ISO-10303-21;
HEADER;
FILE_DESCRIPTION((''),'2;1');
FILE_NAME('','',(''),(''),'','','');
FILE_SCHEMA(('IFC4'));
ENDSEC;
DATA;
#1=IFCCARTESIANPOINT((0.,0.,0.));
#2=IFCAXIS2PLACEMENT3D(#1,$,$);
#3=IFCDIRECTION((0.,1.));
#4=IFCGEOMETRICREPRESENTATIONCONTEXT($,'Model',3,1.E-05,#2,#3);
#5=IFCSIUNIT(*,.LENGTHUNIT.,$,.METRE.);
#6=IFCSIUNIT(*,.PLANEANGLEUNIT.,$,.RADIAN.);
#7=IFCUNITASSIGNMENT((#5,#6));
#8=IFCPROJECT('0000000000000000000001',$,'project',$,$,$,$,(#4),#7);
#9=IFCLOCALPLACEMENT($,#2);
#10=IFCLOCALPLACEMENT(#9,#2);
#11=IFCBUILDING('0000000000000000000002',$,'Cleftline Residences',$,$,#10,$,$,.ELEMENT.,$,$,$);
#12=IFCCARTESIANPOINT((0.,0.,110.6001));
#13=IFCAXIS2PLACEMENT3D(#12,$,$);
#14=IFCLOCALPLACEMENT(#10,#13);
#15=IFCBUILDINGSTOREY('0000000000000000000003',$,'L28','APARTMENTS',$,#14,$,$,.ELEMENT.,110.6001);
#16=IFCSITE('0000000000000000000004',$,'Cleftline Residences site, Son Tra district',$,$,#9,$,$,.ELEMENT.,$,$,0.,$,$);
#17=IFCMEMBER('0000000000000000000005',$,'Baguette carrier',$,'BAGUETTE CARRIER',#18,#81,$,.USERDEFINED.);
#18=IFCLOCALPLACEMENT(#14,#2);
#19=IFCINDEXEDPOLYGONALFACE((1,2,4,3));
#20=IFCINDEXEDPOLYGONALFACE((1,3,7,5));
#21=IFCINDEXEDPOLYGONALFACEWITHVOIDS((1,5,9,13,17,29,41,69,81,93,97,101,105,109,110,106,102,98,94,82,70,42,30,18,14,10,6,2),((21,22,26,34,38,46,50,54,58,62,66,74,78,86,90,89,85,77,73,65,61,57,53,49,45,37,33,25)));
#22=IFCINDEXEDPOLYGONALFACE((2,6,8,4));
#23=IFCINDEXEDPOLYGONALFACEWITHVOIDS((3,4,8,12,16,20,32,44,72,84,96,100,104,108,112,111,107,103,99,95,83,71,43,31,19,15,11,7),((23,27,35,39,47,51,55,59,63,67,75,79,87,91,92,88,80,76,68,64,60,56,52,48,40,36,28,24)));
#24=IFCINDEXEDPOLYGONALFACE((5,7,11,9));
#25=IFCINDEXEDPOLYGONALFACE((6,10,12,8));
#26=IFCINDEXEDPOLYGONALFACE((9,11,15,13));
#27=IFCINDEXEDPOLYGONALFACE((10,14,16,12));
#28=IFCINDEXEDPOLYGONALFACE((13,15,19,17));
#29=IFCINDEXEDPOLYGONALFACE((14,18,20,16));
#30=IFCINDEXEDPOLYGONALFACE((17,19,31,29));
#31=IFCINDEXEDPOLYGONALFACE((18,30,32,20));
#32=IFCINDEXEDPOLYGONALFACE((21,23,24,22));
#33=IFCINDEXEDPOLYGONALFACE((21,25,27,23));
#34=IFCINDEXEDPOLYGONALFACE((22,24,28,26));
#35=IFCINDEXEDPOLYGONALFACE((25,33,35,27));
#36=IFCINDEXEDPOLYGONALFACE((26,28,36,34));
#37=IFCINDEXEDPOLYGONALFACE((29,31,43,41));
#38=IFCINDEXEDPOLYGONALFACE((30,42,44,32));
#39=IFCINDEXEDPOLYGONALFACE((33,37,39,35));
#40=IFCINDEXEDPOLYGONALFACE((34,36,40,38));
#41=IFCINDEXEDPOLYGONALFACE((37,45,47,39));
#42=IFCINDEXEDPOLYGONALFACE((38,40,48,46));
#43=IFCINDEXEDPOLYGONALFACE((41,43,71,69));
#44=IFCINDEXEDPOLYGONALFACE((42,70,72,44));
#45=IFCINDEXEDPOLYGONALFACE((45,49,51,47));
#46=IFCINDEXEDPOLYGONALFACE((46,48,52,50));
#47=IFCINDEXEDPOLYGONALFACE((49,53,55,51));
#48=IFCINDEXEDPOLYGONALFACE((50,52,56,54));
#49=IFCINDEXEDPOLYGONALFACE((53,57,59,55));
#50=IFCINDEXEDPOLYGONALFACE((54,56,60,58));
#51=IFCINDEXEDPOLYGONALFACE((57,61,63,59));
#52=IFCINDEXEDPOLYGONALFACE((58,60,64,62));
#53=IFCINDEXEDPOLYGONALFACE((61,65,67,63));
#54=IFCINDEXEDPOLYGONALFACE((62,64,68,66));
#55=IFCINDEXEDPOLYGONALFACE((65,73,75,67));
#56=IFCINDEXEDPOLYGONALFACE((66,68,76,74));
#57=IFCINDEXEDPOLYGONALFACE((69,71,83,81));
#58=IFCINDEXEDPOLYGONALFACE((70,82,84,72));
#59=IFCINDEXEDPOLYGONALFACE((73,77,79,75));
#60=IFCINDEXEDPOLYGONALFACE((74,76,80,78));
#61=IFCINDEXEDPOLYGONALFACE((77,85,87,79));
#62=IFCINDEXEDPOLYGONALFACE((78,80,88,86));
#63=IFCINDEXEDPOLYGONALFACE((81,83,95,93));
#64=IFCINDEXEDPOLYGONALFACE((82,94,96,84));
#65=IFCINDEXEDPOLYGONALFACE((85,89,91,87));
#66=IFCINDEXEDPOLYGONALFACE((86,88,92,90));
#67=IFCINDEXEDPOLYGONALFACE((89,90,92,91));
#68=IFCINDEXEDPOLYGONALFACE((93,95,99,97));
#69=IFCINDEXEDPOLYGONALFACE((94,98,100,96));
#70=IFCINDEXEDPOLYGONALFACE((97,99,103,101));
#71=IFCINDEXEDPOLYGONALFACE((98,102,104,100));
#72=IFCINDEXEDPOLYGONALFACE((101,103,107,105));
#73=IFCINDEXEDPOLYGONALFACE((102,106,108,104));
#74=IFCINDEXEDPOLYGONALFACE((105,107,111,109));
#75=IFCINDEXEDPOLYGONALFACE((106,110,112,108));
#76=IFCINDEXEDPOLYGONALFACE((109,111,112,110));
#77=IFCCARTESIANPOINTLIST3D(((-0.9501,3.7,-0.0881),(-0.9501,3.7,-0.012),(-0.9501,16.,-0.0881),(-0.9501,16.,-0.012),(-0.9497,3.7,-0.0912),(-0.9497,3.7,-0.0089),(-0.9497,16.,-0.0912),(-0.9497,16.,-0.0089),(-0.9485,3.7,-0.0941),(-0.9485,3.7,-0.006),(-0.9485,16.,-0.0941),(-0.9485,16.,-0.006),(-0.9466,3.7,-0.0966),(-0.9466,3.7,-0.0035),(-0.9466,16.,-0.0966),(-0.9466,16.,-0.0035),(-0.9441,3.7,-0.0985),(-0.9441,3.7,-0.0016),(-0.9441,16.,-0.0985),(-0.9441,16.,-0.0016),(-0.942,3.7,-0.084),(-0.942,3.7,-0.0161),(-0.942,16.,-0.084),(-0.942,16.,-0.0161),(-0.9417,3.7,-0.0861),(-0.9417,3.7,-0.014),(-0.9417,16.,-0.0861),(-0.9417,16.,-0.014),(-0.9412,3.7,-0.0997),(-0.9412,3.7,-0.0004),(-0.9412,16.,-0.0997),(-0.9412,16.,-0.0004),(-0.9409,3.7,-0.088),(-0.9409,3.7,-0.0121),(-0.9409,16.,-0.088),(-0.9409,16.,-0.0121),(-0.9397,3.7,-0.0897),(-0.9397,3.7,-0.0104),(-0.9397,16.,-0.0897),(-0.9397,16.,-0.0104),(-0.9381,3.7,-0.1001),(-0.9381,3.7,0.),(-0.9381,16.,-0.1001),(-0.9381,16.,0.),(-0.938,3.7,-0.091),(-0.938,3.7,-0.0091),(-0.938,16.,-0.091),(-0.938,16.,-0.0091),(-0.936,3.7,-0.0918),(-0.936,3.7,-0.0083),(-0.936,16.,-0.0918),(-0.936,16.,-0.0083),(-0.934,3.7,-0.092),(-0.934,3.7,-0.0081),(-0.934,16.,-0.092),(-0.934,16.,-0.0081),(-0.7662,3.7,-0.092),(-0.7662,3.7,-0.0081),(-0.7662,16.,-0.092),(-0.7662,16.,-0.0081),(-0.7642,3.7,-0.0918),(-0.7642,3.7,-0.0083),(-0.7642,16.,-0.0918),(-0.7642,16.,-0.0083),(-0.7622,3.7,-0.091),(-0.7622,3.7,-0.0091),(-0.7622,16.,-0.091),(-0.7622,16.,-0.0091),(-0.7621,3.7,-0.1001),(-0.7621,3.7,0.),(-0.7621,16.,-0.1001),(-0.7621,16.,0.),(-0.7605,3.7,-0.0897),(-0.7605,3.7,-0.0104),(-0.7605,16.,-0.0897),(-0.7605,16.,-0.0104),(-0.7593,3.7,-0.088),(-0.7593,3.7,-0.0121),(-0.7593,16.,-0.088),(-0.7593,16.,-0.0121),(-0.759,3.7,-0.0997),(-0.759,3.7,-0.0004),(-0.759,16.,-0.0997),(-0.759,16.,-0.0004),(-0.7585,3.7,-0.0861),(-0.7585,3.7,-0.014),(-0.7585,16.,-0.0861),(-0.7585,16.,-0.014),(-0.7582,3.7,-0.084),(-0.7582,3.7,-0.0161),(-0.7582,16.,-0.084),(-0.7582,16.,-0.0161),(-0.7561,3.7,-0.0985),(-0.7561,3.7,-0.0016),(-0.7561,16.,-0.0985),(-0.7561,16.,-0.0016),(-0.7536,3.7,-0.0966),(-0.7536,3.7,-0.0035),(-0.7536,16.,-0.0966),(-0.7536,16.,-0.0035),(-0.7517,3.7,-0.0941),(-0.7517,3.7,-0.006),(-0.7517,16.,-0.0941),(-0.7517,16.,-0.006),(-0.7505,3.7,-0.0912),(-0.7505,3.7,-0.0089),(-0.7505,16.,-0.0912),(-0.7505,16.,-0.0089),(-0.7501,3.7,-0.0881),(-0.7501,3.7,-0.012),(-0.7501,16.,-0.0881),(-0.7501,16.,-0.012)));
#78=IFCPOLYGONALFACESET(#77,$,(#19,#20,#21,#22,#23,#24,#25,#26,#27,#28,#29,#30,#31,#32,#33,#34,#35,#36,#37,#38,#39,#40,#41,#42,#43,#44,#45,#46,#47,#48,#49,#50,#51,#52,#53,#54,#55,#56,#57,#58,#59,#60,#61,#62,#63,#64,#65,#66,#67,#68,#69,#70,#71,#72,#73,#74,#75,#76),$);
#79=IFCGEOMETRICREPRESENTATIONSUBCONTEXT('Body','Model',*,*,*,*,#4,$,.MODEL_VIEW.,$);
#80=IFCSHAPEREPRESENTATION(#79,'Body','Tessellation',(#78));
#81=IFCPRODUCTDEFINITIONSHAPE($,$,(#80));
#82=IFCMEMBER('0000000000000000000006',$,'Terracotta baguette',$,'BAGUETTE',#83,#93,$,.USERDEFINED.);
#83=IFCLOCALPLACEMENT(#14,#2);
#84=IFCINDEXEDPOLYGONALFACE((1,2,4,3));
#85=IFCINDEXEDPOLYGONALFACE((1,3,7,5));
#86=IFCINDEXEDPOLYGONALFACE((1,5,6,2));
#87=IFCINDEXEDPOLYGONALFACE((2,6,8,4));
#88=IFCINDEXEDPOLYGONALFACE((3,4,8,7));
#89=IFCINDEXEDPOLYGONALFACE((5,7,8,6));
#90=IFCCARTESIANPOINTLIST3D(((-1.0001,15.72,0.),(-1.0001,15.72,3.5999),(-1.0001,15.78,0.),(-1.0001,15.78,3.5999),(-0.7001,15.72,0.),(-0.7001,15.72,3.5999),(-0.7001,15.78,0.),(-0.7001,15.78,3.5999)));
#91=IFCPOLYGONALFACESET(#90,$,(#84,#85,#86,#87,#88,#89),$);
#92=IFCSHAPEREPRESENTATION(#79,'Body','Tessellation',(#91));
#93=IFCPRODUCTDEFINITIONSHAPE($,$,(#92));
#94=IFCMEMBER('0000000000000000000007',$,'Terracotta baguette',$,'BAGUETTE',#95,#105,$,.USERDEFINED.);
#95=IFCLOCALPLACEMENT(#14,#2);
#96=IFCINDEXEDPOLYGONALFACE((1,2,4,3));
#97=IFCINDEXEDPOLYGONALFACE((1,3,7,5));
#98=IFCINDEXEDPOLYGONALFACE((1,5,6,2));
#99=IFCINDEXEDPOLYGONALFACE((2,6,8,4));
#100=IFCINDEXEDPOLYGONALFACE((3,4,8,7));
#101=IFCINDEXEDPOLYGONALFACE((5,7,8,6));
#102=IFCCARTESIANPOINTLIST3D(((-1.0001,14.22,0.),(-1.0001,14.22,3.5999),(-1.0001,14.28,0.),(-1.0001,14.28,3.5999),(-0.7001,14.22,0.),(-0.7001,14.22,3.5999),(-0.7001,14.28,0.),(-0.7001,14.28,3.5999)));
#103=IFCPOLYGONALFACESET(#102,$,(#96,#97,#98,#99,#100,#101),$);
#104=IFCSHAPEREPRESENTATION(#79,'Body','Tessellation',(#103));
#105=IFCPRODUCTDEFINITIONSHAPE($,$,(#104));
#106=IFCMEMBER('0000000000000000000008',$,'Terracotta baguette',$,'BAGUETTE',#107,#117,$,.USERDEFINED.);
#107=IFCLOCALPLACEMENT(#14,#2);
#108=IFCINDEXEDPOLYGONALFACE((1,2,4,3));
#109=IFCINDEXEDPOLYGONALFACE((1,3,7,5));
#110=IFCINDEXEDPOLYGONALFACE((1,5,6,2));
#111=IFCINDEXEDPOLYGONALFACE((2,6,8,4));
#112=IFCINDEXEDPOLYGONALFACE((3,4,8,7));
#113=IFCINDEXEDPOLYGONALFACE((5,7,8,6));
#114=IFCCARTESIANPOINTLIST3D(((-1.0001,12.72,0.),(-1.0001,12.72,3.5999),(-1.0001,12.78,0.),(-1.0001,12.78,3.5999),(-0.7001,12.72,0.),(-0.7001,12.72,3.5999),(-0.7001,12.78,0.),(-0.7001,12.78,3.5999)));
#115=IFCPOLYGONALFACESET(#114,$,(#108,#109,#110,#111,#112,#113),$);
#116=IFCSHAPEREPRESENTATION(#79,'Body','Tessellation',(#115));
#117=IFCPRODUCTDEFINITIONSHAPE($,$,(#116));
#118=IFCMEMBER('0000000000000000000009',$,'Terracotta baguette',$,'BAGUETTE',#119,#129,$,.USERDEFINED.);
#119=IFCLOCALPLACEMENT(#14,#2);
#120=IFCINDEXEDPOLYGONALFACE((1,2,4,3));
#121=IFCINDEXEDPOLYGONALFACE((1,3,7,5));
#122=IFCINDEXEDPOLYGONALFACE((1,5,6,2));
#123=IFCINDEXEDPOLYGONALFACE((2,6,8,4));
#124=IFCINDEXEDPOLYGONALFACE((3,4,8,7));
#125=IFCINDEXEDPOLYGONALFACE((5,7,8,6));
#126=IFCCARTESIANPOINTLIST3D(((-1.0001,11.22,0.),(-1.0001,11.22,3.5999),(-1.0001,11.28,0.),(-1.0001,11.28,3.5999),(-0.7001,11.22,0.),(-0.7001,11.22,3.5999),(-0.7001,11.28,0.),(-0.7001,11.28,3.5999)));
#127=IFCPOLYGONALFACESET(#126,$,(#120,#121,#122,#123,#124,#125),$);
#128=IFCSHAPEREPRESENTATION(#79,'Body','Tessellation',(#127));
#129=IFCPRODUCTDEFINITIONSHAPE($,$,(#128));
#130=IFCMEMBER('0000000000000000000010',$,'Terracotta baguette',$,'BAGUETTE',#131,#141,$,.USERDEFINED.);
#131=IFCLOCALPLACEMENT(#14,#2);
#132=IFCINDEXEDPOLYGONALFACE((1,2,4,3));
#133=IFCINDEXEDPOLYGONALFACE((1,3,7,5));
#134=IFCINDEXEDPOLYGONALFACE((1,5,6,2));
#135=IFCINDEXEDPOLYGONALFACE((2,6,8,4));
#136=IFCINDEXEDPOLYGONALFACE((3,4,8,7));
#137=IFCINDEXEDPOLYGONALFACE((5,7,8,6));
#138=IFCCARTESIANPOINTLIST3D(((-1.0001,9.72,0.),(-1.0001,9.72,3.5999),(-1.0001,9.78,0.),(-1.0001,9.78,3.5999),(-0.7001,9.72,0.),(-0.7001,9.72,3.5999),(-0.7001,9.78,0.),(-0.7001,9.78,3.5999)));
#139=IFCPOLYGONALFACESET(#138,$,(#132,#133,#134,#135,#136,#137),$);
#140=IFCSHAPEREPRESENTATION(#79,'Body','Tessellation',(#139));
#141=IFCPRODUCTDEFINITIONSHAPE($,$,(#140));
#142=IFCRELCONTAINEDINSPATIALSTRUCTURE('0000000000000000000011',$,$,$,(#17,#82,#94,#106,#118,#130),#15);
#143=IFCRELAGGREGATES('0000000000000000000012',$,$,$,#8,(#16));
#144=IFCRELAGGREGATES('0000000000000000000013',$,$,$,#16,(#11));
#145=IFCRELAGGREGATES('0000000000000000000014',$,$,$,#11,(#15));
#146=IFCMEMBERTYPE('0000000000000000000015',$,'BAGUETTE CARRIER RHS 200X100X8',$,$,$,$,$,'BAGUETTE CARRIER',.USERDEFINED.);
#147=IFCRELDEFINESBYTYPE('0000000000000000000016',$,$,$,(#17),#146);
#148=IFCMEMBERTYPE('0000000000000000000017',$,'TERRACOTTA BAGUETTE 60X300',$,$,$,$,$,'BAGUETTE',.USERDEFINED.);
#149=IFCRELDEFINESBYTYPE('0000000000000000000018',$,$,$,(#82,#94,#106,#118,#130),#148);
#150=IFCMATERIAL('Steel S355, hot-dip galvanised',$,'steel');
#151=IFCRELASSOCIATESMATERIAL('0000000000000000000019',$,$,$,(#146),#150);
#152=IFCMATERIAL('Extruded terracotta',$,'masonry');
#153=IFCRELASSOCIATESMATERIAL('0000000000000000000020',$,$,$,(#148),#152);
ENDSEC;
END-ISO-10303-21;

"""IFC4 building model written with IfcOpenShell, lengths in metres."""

from ifc_helpers import new_model, si_unit, direction, frame, origin, origin_2d, place, context, subcontext, project, spatial, rectangle, hollow_rectangle, extrude, material, material_profile, profile_set, type_object, element, save


model = new_model("IFC4")

# Units and contexts
model_context = context("Model", 3, precision=1e-05, world=origin(), true_north=direction((0.0, 1.0)))
body_context = subcontext(model_context, "Body", "Model", "MODEL_VIEW")
ifc_project = project(units=[si_unit("LENGTHUNIT", "METRE"), si_unit("PLANEANGLEUNIT", "RADIAN")], contexts=[model_context])

# Site, building, storey
site_placement = place(None, origin())
site = spatial("IfcSite", under=ifc_project, at=site_placement, Name="Cleftline Residences site, Son Tra district", CompositionType="ELEMENT", RefElevation=0.0)
building_placement = place(site_placement, origin())
building = spatial("IfcBuilding", under=site, at=building_placement, Name="Cleftline Residences", CompositionType="ELEMENT")
storey_placement = place(building_placement, frame((0.0, 0.0, 110.6001)))
storey = spatial("IfcBuildingStorey", under=building, at=storey_placement, Name="L28", Description="APARTMENTS", CompositionType="ELEMENT", Elevation=110.6001)

# Members
ifc_material_1 = material(Name="Steel S355, hot-dip galvanised", Category="steel")
ifc_material_profile_1 = material_profile(ifc_material_1, hollow_rectangle(XDim=0.1001, YDim=0.2, WallThickness=0.0081, InnerFilletRadius=0.0081, OuterFilletRadius=0.012, at=origin_2d()))
ifc_profile_set_1 = profile_set([ifc_material_profile_1], Name="Steel S355, hot-dip galvanised")
member_type_1 = type_object("IfcMemberType", Name="BAGUETTE CARRIER RHS 200X100X8", ElementType="BAGUETTE CARRIER", PredefinedType="USERDEFINED", material=ifc_profile_set_1)
member_placement = place(storey_placement, frame((-0.8501, 16.0, -0.05), z_axis=(0.0, -1.0, 0.0), x_axis=(0.0, 0.0, 1.0)))
element("IfcMember", 1, at=member_placement, inside=storey, type_object=member_type_1, Name="Baguette carrier", ObjectType="BAGUETTE CARRIER", PredefinedType="USERDEFINED", context=body_context, shape_type="SweptSolid", body=[
    extrude(hollow_rectangle(XDim=0.1001, YDim=0.2, WallThickness=0.0081, InnerFilletRadius=0.0081, OuterFilletRadius=0.012, at=origin_2d()), origin(), (0.0, 0.0, 1.0), 12.3),
])
ifc_material_2 = material(Name="Extruded terracotta", Category="masonry")
ifc_material_profile_2 = material_profile(ifc_material_2, rectangle(XDim=0.0601, YDim=0.3, at=origin_2d()))
ifc_profile_set_2 = profile_set([ifc_material_profile_2], Name="Extruded terracotta")
member_type_2 = type_object("IfcMemberType", Name="TERRACOTTA BAGUETTE 60X300", ElementType="BAGUETTE", PredefinedType="USERDEFINED", material=ifc_profile_set_2)
for number, where, z_axis, x_axis, name in (
    (2, (-0.8501, 15.75, 0.0), (0.0, 0.0, 1.0), (0.0, 1.0, 0.0), "Terracotta baguette"),
    (3, (-0.8501, 14.25, 0.0), (0.0, 0.0, 1.0), (0.0, 1.0, 0.0), "Terracotta baguette"),
    (4, (-0.8501, 12.75, 0.0), (0.0, 0.0, 1.0), (0.0, 1.0, 0.0), "Terracotta baguette"),
    (5, (-0.8501, 11.25, 0.0), (0.0, 0.0, 1.0), (0.0, 1.0, 0.0), "Terracotta baguette"),
    (6, (-0.8501, 9.75, 0.0), (0.0, 0.0, 1.0), (0.0, 1.0, 0.0), "Terracotta baguette"),
):
    element("IfcMember", number, at=place(storey_placement, frame(where, z_axis=z_axis, x_axis=x_axis)), inside=storey, type_object=member_type_2, Name=name, ObjectType="BAGUETTE", PredefinedType="USERDEFINED", context=body_context, shape_type="SweptSolid", body=[
        extrude(rectangle(XDim=0.0601, YDim=0.3, at=origin_2d()), origin(), (0.0, 0.0, 1.0), 3.5999),
    ])

save(model, "model.ifc")
